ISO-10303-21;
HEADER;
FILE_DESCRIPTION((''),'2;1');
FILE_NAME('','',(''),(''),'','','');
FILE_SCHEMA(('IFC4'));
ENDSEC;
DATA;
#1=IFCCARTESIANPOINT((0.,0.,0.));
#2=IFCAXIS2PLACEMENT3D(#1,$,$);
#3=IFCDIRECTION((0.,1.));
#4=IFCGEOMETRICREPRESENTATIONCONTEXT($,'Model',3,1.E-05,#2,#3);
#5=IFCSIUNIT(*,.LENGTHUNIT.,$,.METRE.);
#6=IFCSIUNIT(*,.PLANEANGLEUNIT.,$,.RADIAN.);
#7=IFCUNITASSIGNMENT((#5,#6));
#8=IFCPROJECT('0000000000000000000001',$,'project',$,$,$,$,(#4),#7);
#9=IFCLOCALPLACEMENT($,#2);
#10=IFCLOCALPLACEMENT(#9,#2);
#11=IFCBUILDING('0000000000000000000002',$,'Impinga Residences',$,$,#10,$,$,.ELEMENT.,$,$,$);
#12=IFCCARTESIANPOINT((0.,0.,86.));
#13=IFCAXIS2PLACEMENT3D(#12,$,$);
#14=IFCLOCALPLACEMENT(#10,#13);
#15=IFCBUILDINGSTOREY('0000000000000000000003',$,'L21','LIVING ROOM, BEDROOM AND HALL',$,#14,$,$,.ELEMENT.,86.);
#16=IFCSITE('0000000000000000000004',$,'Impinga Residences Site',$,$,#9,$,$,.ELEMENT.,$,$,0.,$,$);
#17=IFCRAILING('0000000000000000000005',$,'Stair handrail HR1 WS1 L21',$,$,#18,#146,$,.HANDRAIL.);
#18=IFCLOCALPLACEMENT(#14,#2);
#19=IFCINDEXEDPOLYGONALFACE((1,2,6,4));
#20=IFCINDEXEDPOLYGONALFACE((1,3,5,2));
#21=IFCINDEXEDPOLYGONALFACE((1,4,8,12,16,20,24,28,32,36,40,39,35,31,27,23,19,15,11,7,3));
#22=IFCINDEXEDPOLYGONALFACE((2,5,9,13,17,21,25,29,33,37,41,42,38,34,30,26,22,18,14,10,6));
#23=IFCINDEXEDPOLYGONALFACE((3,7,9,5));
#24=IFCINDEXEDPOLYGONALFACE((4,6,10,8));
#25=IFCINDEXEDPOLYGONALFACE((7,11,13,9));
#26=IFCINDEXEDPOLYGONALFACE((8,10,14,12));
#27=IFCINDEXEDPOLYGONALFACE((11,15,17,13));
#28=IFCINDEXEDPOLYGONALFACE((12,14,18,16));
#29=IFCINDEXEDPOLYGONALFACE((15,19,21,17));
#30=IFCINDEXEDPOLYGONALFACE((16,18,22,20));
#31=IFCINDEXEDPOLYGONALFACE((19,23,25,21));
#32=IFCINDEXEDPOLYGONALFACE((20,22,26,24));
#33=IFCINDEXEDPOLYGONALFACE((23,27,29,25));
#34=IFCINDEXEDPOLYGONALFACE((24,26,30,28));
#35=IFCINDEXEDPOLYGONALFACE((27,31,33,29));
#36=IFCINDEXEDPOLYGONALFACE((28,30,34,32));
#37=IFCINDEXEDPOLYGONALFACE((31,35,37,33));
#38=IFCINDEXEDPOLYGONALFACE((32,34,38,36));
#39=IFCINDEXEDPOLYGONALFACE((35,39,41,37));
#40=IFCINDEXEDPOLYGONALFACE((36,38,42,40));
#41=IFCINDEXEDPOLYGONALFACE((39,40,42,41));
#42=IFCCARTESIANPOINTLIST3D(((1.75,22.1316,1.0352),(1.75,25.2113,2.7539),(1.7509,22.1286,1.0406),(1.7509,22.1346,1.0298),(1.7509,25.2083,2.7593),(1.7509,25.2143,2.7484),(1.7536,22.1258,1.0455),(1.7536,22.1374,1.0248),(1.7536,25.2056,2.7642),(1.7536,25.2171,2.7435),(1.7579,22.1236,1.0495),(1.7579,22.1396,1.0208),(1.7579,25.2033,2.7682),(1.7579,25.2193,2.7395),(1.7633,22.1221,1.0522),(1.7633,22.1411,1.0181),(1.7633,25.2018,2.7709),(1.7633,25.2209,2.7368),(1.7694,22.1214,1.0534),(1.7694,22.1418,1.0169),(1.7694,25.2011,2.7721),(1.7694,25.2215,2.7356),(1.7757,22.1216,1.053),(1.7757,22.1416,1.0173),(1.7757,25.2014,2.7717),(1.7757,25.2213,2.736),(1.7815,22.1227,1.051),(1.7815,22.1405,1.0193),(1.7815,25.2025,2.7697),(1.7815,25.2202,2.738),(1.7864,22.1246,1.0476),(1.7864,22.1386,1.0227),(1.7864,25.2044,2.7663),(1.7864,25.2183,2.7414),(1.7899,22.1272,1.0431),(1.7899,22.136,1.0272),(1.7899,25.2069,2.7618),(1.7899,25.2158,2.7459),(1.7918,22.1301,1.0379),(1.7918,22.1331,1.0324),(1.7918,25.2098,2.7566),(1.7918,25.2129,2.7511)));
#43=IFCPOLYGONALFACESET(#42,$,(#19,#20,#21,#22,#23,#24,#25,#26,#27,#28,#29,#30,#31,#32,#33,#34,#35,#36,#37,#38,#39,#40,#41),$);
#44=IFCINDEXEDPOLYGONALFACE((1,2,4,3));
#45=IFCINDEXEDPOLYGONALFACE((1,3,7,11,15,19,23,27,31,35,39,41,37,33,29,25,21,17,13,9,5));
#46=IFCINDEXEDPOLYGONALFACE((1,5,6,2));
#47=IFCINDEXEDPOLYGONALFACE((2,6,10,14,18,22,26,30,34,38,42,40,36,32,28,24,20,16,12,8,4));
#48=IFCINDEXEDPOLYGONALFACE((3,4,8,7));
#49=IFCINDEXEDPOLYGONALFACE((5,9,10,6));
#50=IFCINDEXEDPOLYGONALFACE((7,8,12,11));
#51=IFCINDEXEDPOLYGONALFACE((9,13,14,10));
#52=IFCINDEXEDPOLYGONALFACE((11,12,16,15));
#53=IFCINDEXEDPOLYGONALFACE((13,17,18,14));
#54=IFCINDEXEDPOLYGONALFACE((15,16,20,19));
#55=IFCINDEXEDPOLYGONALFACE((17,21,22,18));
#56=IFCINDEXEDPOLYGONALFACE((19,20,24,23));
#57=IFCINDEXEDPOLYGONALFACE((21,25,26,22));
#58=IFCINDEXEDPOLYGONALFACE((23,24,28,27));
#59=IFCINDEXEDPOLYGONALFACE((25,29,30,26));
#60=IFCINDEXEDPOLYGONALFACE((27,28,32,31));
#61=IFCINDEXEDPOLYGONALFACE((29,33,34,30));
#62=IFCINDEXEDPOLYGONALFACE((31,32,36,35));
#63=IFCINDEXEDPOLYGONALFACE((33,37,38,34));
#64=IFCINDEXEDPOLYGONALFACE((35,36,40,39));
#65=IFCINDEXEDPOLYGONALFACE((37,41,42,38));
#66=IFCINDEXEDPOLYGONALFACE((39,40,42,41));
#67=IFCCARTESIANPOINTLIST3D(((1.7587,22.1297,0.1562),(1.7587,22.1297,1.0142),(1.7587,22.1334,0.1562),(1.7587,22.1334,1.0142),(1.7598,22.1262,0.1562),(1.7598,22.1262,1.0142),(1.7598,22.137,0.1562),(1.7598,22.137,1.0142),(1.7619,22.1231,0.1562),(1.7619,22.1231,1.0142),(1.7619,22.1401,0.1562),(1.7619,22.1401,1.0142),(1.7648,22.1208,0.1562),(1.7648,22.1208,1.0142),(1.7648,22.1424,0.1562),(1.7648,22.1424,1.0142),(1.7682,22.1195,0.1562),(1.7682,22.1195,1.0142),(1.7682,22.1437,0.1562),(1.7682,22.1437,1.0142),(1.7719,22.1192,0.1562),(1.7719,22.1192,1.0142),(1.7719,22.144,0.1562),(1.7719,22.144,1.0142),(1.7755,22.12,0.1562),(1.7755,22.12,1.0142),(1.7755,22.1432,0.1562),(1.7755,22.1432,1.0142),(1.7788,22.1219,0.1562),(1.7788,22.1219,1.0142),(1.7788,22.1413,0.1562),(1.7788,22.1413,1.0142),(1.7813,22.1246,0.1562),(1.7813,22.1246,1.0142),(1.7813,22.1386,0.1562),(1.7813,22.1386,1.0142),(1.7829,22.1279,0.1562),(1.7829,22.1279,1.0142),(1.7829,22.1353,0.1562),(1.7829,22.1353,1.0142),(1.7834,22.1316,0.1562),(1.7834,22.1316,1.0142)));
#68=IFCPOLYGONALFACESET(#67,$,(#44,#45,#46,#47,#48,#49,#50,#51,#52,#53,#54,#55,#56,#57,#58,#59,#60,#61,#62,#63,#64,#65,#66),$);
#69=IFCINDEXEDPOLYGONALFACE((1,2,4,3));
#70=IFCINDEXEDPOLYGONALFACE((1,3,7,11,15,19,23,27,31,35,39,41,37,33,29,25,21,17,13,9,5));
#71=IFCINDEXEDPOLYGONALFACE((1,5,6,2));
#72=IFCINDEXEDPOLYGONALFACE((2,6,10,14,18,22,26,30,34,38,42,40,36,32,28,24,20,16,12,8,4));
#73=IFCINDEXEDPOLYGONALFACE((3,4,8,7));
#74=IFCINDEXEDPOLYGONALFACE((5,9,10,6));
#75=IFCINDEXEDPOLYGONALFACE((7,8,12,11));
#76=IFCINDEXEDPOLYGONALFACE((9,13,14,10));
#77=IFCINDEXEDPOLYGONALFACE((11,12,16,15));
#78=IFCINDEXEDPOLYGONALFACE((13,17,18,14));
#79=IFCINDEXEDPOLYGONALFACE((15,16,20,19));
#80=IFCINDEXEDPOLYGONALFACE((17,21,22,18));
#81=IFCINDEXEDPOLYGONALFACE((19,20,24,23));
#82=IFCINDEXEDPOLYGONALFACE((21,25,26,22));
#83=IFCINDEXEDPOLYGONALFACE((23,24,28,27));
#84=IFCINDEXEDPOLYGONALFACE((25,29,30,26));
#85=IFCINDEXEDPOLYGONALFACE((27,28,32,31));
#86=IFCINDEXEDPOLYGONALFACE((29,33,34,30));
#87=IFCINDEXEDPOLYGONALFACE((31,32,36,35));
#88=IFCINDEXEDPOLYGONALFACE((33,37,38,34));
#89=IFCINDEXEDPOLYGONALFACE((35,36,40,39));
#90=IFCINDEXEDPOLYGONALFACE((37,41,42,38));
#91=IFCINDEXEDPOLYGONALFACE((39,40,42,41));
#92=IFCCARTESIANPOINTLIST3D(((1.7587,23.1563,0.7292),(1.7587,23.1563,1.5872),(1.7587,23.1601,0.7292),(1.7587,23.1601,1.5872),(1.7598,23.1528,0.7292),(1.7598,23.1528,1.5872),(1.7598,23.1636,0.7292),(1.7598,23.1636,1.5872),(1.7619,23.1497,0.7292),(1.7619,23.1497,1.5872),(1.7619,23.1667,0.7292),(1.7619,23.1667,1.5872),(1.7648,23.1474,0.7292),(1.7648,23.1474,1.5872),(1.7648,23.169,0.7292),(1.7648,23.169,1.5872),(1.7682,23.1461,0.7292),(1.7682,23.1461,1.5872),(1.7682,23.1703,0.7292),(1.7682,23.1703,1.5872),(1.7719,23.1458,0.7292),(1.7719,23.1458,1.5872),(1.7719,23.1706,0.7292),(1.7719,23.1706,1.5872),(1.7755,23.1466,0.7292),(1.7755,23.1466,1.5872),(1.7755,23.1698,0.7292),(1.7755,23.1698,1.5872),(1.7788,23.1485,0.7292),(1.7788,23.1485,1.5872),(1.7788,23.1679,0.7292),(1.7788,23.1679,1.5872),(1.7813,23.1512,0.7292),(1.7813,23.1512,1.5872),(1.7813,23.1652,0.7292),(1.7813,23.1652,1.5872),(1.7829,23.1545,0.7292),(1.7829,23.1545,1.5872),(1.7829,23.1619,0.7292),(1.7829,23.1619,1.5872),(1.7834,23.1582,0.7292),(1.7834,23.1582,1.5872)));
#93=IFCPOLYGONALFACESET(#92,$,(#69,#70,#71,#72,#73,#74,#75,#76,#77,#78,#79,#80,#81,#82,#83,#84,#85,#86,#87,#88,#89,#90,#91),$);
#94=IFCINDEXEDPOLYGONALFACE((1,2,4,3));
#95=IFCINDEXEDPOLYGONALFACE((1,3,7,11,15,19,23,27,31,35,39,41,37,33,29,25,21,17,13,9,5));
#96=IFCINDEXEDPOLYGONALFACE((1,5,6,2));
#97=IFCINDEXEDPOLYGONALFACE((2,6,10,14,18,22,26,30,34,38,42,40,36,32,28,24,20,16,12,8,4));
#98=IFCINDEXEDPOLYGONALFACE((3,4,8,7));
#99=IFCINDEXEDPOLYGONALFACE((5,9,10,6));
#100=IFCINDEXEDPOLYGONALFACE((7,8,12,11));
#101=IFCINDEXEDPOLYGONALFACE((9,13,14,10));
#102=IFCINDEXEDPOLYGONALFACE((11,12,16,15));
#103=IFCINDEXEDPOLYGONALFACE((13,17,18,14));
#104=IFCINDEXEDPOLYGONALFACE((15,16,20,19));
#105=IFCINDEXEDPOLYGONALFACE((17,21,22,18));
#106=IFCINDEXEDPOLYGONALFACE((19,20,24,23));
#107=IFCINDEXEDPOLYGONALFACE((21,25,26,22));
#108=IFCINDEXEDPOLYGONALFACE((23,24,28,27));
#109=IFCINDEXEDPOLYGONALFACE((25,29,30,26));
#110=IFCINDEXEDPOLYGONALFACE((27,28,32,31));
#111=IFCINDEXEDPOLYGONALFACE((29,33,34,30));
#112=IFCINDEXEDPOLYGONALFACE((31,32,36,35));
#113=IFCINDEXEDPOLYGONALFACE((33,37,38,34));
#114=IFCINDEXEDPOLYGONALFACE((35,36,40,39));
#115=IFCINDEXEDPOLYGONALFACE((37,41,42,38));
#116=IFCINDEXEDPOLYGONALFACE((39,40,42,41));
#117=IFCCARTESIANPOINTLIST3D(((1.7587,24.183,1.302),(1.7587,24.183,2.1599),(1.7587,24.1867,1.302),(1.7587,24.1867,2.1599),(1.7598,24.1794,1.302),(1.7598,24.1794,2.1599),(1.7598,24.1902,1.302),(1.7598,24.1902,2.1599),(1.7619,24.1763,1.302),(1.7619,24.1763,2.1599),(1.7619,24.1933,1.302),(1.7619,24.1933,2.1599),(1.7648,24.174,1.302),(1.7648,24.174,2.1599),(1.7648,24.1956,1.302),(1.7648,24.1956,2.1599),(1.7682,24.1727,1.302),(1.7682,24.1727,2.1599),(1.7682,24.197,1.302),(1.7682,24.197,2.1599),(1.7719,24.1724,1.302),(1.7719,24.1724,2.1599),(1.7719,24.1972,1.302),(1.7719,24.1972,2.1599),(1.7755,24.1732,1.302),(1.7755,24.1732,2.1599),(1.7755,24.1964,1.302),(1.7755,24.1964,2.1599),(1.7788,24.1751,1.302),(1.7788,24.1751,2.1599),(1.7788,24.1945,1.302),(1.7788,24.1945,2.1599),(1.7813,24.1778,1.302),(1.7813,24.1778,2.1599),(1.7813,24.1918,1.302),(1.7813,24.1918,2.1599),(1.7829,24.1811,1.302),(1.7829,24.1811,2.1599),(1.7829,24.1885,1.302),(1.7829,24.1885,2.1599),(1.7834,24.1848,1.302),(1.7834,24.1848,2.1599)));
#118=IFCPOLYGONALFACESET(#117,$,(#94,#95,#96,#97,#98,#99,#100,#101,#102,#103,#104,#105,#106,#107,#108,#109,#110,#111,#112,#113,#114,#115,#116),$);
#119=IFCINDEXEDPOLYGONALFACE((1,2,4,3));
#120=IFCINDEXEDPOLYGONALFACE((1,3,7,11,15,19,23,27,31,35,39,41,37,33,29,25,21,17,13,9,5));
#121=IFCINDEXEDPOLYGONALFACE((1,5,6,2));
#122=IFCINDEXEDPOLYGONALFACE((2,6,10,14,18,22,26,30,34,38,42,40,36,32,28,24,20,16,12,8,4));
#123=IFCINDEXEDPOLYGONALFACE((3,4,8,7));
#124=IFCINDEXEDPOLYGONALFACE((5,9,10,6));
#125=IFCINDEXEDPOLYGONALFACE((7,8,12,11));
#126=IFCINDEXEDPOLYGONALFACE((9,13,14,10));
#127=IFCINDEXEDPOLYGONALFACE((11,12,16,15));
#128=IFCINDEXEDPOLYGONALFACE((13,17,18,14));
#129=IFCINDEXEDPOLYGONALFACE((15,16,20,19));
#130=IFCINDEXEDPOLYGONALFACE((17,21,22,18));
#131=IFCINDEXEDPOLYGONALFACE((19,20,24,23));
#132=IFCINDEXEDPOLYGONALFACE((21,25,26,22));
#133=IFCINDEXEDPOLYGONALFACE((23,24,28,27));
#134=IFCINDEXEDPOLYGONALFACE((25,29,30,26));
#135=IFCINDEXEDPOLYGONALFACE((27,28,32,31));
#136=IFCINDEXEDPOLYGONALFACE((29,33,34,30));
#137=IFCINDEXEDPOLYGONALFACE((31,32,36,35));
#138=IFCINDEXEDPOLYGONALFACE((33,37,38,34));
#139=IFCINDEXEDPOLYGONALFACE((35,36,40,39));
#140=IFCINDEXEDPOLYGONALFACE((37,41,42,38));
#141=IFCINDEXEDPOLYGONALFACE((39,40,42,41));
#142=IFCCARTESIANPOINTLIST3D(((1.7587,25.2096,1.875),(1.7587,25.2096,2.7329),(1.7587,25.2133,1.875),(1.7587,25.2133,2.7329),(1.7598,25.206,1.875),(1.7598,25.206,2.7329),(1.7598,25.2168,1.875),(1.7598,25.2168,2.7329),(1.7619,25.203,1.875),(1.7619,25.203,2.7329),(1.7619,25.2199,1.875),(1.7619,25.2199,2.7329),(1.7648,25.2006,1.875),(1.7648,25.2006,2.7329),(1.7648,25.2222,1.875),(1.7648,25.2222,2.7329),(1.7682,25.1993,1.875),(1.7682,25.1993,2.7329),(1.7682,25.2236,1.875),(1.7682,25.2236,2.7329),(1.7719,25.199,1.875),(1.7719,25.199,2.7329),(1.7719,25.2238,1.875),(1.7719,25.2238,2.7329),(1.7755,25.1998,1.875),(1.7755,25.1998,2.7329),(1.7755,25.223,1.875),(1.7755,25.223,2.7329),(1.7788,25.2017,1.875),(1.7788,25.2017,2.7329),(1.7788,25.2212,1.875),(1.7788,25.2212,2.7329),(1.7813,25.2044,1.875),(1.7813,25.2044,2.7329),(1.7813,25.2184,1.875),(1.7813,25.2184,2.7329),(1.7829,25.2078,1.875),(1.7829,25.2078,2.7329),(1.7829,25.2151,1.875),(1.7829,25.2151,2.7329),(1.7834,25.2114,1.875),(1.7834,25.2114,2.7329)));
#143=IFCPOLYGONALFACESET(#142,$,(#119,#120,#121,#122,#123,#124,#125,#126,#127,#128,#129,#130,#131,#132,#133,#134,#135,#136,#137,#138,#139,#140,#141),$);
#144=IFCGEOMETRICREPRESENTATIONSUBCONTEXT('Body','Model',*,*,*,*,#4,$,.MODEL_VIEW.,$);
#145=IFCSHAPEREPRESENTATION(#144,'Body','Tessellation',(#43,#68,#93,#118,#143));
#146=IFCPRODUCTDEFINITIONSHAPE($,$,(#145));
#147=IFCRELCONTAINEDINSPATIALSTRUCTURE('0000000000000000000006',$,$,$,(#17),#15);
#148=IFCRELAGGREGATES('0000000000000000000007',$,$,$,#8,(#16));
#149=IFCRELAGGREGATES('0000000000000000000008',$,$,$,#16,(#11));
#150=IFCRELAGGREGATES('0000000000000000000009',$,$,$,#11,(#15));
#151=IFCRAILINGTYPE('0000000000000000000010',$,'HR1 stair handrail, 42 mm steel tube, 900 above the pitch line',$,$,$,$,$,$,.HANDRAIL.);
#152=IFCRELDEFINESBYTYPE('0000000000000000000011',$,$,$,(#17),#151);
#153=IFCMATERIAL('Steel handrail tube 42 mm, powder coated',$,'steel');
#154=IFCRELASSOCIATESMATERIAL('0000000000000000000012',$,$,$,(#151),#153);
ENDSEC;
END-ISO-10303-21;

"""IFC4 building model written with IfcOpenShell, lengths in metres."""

from ifc_helpers import new_model, si_unit, direction, frame, origin, origin_2d, place, context, subcontext, project, spatial, circle, extrude, material, type_object, element, save


model = new_model("IFC4")

# Units and contexts
model_context = context("Model", 3, precision=1e-05, world=origin(), true_north=direction((0.0, 1.0)))
body_context = subcontext(model_context, "Body", "Model", "MODEL_VIEW")
ifc_project = project(units=[si_unit("LENGTHUNIT", "METRE"), si_unit("PLANEANGLEUNIT", "RADIAN")], contexts=[model_context])

# Site, building, storey
site_placement = place(None, origin())
site = spatial("IfcSite", under=ifc_project, at=site_placement, Name="Impinga Residences Site", CompositionType="ELEMENT", RefElevation=0.0)
building_placement = place(site_placement, origin())
building = spatial("IfcBuilding", under=site, at=building_placement, Name="Impinga Residences", CompositionType="ELEMENT")
storey_placement = place(building_placement, frame((0.0, 0.0, 86.0)))
storey = spatial("IfcBuildingStorey", under=building, at=storey_placement, Name="L21", Description="LIVING ROOM, BEDROOM AND HALL", CompositionType="ELEMENT", Elevation=86.0)

# Railing
ifc_material_1 = material(Name="Steel handrail tube 42 mm, powder coated", Category="steel")
railing_type_1 = type_object("IfcRailingType", Name="HR1 stair handrail, 42 mm steel tube, 900 above the pitch line", PredefinedType="HANDRAIL", material=ifc_material_1)
railing_1_placement = place(storey_placement, frame((1.771, 22.1316, 0.1562)))
element("IfcRailing", 1, at=railing_1_placement, inside=storey, type_object=railing_type_1, Name="Stair handrail HR1 WS1 L21", PredefinedType="HANDRAIL", context=body_context, shape_type="SweptSolid", body=[
    extrude(circle(Radius=0.021, at=origin_2d()), frame((0.0, 0.0, 0.8789), z_axis=(0.0, 0.873225, 0.487317), x_axis=(-1.0, 0.0, 0.0)), (0.0, 0.0, 1.0), 3.5269),
    extrude(circle(Radius=0.0125, at=origin_2d()), origin(), (0.0, 0.0, 1.0), 0.8579),
    extrude(circle(Radius=0.0125, at=origin_2d()), frame((0.0, 1.0266, 0.573)), (0.0, 0.0, 1.0), 0.8579),
    extrude(circle(Radius=0.0125, at=origin_2d()), frame((0.0, 2.0532, 1.1458)), (0.0, 0.0, 1.0), 0.8579),
    extrude(circle(Radius=0.0125, at=origin_2d()), frame((0.0, 3.0798, 1.7188)), (0.0, 0.0, 1.0), 0.8579),
])

save(model, "model.ifc")
